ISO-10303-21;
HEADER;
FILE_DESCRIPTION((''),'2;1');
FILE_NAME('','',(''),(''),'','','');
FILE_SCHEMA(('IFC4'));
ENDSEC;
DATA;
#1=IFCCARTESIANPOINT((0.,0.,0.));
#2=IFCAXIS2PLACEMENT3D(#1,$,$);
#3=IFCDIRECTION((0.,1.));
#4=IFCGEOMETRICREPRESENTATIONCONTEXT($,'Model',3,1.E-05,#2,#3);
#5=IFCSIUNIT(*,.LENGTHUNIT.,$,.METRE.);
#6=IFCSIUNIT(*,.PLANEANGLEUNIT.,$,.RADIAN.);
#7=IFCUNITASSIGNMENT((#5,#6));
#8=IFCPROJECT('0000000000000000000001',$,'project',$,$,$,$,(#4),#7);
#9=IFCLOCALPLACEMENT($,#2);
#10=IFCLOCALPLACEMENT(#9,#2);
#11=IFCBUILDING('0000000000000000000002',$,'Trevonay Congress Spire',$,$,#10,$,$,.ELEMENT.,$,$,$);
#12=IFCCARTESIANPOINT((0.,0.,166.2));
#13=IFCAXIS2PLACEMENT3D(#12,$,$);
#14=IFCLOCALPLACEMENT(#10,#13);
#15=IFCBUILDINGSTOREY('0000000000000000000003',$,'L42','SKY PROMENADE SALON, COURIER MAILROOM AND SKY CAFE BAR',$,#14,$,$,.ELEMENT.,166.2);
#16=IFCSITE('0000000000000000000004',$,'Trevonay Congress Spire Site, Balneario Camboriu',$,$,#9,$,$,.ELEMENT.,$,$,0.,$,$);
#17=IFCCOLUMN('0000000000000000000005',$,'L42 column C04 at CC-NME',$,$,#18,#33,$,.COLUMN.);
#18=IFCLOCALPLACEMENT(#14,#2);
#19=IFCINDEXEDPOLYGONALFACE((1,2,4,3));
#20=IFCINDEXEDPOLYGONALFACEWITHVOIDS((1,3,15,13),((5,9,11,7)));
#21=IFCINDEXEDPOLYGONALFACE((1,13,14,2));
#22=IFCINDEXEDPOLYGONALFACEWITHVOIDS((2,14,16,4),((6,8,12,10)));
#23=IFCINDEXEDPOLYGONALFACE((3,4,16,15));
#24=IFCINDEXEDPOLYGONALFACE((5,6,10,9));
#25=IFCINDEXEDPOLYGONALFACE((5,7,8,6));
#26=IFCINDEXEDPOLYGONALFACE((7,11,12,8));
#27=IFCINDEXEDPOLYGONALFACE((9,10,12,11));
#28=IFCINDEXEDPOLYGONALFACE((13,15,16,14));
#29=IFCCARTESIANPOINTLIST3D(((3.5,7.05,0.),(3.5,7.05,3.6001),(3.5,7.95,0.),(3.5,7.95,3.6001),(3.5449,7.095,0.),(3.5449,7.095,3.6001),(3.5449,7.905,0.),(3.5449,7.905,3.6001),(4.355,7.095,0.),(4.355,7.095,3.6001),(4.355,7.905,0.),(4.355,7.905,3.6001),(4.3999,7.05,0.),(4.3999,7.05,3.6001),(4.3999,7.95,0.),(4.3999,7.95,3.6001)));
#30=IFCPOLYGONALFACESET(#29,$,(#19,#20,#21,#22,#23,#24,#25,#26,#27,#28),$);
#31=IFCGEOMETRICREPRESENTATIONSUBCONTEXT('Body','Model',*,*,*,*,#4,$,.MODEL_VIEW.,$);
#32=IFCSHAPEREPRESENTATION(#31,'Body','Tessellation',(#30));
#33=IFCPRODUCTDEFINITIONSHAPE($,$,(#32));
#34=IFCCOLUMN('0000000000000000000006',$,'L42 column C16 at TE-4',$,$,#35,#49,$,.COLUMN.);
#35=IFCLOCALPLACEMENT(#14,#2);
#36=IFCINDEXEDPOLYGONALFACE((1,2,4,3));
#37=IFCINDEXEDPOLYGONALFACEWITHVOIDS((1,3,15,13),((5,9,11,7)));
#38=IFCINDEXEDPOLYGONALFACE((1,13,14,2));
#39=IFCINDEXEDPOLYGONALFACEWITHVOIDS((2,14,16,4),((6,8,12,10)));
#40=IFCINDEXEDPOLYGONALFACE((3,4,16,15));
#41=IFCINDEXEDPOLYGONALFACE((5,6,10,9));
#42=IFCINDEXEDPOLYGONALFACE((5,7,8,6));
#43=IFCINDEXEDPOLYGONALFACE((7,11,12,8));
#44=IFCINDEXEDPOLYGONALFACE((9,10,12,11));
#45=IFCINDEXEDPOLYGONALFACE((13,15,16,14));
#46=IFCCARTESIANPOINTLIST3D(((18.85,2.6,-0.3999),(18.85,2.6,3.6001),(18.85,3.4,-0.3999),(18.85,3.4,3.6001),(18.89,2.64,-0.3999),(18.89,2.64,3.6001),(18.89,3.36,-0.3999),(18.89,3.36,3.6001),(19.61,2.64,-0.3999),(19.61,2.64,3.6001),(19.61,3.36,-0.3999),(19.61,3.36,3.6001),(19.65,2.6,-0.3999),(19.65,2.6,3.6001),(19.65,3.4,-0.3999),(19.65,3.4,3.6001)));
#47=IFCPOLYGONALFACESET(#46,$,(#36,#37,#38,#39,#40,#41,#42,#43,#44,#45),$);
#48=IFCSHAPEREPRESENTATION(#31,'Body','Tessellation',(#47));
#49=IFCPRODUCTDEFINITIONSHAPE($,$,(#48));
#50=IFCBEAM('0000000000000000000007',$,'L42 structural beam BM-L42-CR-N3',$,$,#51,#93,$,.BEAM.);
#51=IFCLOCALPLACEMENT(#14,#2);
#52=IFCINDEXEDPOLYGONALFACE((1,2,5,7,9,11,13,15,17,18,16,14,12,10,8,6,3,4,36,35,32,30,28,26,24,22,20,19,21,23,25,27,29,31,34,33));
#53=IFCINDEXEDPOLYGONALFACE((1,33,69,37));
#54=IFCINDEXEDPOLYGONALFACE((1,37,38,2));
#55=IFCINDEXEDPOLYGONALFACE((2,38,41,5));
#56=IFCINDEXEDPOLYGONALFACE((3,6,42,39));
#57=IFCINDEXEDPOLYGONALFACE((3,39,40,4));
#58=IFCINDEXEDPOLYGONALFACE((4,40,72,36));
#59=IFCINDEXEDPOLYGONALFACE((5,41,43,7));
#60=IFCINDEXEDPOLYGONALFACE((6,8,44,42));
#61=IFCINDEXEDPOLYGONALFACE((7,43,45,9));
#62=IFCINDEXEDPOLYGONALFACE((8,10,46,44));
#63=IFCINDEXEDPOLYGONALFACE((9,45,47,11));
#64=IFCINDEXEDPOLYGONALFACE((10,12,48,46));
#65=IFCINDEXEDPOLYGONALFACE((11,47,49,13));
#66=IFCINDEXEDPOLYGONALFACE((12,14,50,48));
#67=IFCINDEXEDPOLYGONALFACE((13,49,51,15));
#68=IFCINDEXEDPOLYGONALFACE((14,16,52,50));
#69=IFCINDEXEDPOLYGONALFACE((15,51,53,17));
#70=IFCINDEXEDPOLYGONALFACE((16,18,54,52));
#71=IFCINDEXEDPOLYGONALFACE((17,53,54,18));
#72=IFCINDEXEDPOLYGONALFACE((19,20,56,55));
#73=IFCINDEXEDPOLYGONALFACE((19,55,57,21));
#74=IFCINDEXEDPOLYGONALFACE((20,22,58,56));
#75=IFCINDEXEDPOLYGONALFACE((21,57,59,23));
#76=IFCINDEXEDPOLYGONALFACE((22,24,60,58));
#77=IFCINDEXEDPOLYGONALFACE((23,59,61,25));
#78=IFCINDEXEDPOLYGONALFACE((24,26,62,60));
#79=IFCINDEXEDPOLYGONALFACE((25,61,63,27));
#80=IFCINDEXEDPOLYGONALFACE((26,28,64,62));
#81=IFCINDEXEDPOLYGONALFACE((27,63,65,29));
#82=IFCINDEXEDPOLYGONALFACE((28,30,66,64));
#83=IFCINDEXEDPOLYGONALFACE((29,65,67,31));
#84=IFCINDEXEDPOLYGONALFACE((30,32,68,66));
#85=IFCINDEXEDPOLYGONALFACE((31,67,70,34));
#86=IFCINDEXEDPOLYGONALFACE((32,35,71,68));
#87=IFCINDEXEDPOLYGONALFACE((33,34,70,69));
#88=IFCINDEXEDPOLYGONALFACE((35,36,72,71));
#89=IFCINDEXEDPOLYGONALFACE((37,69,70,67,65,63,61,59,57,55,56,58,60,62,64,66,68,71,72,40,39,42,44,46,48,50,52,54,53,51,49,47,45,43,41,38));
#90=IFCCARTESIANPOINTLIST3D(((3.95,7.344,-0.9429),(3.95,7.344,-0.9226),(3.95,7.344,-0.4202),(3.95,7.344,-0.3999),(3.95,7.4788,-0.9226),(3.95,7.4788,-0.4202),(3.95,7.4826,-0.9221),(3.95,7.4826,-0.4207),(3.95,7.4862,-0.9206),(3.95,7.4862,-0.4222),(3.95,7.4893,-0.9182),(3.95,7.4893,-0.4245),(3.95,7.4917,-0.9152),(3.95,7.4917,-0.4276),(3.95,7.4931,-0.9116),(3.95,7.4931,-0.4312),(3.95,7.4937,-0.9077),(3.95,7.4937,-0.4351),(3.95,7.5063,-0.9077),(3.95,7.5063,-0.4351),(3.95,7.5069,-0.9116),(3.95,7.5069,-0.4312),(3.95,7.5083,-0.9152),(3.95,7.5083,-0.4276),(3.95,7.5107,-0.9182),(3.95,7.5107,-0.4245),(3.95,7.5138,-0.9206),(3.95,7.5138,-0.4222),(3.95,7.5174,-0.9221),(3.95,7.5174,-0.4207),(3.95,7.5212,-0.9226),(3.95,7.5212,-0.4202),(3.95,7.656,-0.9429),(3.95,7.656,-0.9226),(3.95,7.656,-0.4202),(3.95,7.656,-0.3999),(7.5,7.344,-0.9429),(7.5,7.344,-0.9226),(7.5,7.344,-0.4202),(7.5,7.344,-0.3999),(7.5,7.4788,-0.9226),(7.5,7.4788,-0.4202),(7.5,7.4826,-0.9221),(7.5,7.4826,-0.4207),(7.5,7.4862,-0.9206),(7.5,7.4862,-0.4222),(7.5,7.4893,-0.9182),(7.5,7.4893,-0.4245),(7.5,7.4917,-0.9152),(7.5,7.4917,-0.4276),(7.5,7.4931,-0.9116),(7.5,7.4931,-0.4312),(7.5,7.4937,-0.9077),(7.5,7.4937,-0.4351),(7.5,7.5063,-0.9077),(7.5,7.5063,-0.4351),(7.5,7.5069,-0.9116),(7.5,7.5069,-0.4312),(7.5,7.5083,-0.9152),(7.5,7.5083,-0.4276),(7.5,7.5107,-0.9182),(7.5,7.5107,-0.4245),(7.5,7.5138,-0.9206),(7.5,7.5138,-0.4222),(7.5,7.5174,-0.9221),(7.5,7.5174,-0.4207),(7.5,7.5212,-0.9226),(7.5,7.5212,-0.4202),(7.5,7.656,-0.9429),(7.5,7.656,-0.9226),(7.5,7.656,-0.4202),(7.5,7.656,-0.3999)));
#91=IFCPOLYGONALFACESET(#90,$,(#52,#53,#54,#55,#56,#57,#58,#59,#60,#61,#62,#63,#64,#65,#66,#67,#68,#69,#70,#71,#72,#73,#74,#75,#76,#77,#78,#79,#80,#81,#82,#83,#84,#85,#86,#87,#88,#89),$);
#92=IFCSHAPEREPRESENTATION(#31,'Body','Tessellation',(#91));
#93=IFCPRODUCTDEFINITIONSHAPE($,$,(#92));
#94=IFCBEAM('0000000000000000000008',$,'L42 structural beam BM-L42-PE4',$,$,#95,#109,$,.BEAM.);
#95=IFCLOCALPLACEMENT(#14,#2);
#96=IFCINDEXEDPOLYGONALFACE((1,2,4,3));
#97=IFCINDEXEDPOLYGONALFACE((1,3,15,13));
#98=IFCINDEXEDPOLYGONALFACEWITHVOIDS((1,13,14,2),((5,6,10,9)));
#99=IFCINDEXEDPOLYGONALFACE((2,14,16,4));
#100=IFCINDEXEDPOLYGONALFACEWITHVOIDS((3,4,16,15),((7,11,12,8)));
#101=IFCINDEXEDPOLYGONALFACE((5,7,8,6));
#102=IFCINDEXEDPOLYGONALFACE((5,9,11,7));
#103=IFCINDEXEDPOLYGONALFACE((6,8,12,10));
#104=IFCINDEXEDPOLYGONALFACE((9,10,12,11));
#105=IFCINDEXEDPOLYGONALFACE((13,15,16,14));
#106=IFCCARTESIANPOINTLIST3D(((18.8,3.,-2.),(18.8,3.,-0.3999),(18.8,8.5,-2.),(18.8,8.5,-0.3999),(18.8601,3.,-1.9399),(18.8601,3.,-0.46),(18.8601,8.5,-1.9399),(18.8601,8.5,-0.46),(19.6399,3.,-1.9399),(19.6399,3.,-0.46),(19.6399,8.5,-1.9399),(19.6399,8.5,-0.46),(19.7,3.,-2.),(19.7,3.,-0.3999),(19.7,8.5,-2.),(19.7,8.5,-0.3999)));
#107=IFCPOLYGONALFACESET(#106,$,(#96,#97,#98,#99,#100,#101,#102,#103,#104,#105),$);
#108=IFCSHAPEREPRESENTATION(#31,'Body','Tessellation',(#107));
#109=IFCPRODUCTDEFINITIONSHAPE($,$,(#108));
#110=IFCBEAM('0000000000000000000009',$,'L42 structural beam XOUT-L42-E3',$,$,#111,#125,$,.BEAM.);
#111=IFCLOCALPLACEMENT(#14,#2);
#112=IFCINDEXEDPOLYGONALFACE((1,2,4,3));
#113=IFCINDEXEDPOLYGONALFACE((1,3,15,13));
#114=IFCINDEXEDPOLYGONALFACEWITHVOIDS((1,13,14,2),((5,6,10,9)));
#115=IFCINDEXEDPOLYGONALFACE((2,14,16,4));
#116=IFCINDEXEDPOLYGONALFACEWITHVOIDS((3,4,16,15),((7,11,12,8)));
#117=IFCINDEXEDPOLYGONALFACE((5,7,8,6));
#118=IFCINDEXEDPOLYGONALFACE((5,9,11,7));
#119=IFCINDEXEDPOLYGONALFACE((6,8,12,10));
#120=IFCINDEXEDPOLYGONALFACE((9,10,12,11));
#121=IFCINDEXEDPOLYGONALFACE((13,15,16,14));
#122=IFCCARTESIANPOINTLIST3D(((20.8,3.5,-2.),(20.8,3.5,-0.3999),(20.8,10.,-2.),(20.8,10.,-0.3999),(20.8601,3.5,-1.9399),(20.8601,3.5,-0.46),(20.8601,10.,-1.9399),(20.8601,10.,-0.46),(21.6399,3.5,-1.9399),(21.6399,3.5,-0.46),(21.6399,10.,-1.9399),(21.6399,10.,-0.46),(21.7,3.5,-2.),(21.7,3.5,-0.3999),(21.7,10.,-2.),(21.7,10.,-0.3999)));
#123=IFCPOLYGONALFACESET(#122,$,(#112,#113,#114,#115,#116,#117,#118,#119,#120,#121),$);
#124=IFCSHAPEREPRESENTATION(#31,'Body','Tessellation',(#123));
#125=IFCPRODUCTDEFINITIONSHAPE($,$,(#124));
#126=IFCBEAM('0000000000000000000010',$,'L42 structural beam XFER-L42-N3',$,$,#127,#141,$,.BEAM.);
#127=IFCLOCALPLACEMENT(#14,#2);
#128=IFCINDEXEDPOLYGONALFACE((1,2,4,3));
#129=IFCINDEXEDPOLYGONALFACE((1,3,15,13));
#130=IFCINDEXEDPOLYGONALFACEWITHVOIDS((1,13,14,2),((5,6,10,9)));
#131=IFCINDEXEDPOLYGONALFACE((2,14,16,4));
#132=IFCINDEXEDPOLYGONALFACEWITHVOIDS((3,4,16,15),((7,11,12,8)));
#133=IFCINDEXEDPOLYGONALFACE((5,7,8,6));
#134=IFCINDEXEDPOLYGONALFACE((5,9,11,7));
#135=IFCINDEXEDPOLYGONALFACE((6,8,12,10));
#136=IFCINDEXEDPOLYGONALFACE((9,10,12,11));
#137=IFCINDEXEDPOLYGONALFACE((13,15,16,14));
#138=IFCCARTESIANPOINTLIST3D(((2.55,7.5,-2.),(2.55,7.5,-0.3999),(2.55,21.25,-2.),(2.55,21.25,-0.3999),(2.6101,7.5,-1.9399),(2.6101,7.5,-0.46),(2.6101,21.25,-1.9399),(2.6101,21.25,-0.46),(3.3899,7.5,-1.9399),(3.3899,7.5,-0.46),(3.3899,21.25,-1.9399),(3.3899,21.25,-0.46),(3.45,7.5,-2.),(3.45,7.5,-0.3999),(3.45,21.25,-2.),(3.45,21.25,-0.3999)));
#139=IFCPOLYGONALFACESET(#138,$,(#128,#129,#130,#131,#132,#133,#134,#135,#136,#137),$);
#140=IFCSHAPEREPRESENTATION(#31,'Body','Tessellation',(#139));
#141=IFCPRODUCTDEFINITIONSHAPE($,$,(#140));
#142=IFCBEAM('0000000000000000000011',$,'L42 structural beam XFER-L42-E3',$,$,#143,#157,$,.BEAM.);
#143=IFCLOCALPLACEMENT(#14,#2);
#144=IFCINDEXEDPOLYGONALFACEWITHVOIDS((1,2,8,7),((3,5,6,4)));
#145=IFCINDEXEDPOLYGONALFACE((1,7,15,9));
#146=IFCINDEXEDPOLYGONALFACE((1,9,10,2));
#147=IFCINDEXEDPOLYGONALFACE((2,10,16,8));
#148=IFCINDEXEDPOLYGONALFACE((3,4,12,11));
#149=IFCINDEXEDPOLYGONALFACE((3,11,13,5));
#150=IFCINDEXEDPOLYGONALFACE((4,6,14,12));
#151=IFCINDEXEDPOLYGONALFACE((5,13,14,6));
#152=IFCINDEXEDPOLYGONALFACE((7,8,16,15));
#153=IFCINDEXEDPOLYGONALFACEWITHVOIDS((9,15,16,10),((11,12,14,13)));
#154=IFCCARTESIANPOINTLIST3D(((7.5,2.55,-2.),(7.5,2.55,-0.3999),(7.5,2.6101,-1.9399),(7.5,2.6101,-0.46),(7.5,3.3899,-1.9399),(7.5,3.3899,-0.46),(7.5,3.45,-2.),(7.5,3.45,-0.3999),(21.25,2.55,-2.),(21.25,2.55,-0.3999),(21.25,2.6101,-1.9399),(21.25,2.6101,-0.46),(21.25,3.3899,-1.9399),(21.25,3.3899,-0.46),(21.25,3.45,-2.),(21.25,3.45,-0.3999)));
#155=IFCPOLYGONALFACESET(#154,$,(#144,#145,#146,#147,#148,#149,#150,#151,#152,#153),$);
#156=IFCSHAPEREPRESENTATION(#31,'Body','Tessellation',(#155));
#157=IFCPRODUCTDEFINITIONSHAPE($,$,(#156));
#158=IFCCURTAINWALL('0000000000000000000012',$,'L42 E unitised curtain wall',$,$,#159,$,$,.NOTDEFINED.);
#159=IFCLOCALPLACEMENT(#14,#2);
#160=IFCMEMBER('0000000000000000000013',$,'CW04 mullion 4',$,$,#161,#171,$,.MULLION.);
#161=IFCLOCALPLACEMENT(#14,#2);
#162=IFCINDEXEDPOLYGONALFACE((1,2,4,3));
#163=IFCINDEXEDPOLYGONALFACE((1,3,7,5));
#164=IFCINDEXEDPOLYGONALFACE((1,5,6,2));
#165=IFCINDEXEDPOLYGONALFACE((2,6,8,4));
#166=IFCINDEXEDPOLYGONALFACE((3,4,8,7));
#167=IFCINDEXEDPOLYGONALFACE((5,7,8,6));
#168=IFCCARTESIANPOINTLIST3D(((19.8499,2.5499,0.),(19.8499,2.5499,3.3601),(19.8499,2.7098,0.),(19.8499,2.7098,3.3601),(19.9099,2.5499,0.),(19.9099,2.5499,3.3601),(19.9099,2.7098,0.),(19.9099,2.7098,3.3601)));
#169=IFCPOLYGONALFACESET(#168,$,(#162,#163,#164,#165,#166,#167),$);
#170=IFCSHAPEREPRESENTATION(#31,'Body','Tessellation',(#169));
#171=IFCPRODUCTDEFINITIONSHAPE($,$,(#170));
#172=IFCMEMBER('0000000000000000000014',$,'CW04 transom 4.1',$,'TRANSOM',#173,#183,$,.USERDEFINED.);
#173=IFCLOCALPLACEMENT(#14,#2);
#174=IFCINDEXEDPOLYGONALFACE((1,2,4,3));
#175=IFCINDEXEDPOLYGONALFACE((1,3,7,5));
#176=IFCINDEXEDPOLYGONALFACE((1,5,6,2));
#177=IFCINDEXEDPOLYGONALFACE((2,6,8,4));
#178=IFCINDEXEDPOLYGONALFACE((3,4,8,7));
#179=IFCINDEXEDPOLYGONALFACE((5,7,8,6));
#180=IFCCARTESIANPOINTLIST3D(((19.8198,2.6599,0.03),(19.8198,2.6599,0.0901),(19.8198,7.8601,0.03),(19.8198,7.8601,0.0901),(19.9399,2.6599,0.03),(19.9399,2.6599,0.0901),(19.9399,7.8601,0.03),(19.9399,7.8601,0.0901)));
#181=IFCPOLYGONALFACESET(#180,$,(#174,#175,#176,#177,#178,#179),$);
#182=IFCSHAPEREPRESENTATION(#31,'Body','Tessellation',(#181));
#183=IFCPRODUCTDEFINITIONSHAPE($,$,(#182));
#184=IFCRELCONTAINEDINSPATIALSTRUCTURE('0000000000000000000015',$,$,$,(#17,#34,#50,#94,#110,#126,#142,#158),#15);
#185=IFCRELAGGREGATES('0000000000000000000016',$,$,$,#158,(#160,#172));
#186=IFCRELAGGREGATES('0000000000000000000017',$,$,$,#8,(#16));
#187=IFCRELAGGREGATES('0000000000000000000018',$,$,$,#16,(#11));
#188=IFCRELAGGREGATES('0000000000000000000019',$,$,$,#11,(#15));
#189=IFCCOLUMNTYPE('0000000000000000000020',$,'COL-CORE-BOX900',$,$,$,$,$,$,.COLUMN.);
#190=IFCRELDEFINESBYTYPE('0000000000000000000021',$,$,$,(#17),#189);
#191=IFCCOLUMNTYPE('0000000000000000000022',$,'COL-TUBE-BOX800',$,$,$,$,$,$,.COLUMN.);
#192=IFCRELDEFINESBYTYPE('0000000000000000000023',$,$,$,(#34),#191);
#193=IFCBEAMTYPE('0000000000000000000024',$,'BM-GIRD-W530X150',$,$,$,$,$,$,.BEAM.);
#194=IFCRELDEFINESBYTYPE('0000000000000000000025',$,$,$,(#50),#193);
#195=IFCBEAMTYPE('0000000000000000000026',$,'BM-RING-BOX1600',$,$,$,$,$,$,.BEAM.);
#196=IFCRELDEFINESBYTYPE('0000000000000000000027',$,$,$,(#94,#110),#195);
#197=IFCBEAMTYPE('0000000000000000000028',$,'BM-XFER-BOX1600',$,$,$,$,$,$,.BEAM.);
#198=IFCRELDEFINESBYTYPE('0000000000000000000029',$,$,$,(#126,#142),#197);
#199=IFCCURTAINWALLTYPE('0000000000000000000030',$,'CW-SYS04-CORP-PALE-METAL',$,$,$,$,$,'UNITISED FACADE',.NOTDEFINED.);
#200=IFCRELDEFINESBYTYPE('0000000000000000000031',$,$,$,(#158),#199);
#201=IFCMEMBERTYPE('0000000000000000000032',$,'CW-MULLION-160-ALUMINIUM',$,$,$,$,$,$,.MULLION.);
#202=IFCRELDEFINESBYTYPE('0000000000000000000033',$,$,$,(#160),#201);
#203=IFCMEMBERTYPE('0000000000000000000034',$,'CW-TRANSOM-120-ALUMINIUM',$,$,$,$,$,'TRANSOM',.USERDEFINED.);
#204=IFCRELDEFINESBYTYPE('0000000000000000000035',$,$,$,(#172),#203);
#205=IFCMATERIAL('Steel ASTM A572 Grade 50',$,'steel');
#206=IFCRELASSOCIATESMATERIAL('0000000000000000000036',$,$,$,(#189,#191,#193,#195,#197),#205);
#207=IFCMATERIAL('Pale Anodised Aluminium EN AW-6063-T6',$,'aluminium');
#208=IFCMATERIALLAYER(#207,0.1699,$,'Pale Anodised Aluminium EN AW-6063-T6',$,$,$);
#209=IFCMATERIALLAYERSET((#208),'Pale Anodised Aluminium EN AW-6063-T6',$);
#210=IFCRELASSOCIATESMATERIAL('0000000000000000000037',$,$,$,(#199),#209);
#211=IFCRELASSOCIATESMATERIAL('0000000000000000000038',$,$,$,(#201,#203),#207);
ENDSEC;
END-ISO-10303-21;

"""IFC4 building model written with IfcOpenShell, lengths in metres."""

from ifc_helpers import new_model, si_unit, direction, frame, origin, origin_2d, place, context, subcontext, project, spatial, rectangle, hollow_rectangle, i_section, extrude, material, layer, layer_set, material_profile, profile_set, type_object, element, aggregate, save


model = new_model("IFC4")

# Units and contexts
model_context = context("Model", 3, precision=1e-05, world=origin(), true_north=direction((0.0, 1.0)))
body_context = subcontext(model_context, "Body", "Model", "MODEL_VIEW")
ifc_project = project(units=[si_unit("LENGTHUNIT", "METRE"), si_unit("PLANEANGLEUNIT", "RADIAN")], contexts=[model_context])

# Site, building, storey
site_placement = place(None, origin())
site = spatial("IfcSite", under=ifc_project, at=site_placement, Name="Trevonay Congress Spire Site, Balneario Camboriu", CompositionType="ELEMENT", RefElevation=0.0)
building_placement = place(site_placement, origin())
building = spatial("IfcBuilding", under=site, at=building_placement, Name="Trevonay Congress Spire", CompositionType="ELEMENT")
storey_placement = place(building_placement, frame((0.0, 0.0, 166.2)))
storey = spatial("IfcBuildingStorey", under=building, at=storey_placement, Name="L42", Description="SKY PROMENADE SALON, COURIER MAILROOM AND SKY CAFE BAR", CompositionType="ELEMENT", Elevation=166.2)

# Columns
ifc_material_1 = material(Name="Steel ASTM A572 Grade 50", Category="steel")
ifc_material_profile_1 = material_profile(ifc_material_1, hollow_rectangle(XDim=0.8999, YDim=0.8999, WallThickness=0.0449, at=origin_2d()), Name="BOX 900x900x45")
ifc_profile_set_1 = profile_set([ifc_material_profile_1], Name="Steel ASTM A572 Grade 50")
column_type_1 = type_object("IfcColumnType", Name="COL-CORE-BOX900", PredefinedType="COLUMN", material=ifc_profile_set_1)
column_1_placement = place(storey_placement, frame((3.95, 7.5, 0.0), z_axis=(0.0, 0.0, 1.0), x_axis=(1.0, 0.0, 0.0)))
element("IfcColumn", 1, at=column_1_placement, inside=storey, type_object=column_type_1, Name="L42 column C04 at CC-NME", PredefinedType="COLUMN", context=body_context, shape_type="SweptSolid", body=[
    extrude(hollow_rectangle(XDim=0.8999, YDim=0.8999, WallThickness=0.0449, at=origin_2d()), origin(), (0.0, 0.0, 1.0), 3.6001),
])
ifc_material_profile_2 = material_profile(ifc_material_1, hollow_rectangle(XDim=0.8, YDim=0.8, WallThickness=0.04, at=origin_2d()), Name="BOX 800x800x40")
ifc_profile_set_2 = profile_set([ifc_material_profile_2], Name="Steel ASTM A572 Grade 50")
column_type_2 = type_object("IfcColumnType", Name="COL-TUBE-BOX800", PredefinedType="COLUMN", material=ifc_profile_set_2)
column_2_placement = place(storey_placement, frame((19.25, 3.0, -0.3999), z_axis=(0.0, 0.0, 1.0), x_axis=(1.0, 0.0, 0.0)))
element("IfcColumn", 2, at=column_2_placement, inside=storey, type_object=column_type_2, Name="L42 column C16 at TE-4", PredefinedType="COLUMN", context=body_context, shape_type="SweptSolid", body=[
    extrude(hollow_rectangle(XDim=0.8, YDim=0.8, WallThickness=0.04, at=origin_2d()), origin(), (0.0, 0.0, 1.0), 4.0),
])

# Beams
ifc_material_profile_3 = material_profile(ifc_material_1, i_section(OverallWidth=0.312, OverallDepth=0.543, WebThickness=0.0127, FlangeThickness=0.0203, FilletRadius=0.0149, at=origin_2d()), Name="W530x150")
ifc_profile_set_3 = profile_set([ifc_material_profile_3], Name="Steel ASTM A572 Grade 50")
beam_type_1 = type_object("IfcBeamType", Name="BM-GIRD-W530X150", PredefinedType="BEAM", material=ifc_profile_set_3)
beam_1_placement = place(storey_placement, frame((3.95, 7.5, -0.6714), z_axis=(1.0, 0.0, 0.0), x_axis=(0.0, 1.0, 0.0)))
element("IfcBeam", 3, at=beam_1_placement, inside=storey, type_object=beam_type_1, Name="L42 structural beam BM-L42-CR-N3", PredefinedType="BEAM", context=body_context, shape_type="SweptSolid", body=[
    extrude(i_section(OverallWidth=0.312, OverallDepth=0.543, WebThickness=0.0127, FlangeThickness=0.0203, FilletRadius=0.0149, at=origin_2d()), origin(), (0.0, 0.0, 1.0), 3.55),
])
ifc_material_profile_4 = material_profile(ifc_material_1, hollow_rectangle(XDim=0.8999, YDim=1.6001, WallThickness=0.0601, at=origin_2d()), Name="BOX 1600x900x60")
ifc_profile_set_4 = profile_set([ifc_material_profile_4], Name="Steel ASTM A572 Grade 50")
beam_type_2 = type_object("IfcBeamType", Name="BM-RING-BOX1600", PredefinedType="BEAM", material=ifc_profile_set_4)
beam_2_placement = place(storey_placement, frame((19.25, 3.0, -1.2), z_axis=(0.0, 1.0, 0.0), x_axis=(-1.0, 0.0, 0.0)))
element("IfcBeam", 4, at=beam_2_placement, inside=storey, type_object=beam_type_2, Name="L42 structural beam BM-L42-PE4", PredefinedType="BEAM", context=body_context, shape_type="SweptSolid", body=[
    extrude(hollow_rectangle(XDim=0.8999, YDim=1.6001, WallThickness=0.0601, at=origin_2d()), origin(), (0.0, 0.0, 1.0), 5.5),
])
beam_3_placement = place(storey_placement, frame((21.25, 3.5, -1.2), z_axis=(0.0, 1.0, 0.0), x_axis=(-1.0, 0.0, 0.0)))
element("IfcBeam", 5, at=beam_3_placement, inside=storey, type_object=beam_type_2, Name="L42 structural beam XOUT-L42-E3", PredefinedType="BEAM", context=body_context, shape_type="SweptSolid", body=[
    extrude(hollow_rectangle(XDim=0.8999, YDim=1.6001, WallThickness=0.0601, at=origin_2d()), origin(), (0.0, 0.0, 1.0), 6.5),
])
ifc_material_profile_5 = material_profile(ifc_material_1, hollow_rectangle(XDim=0.8999, YDim=1.6001, WallThickness=0.0601, at=origin_2d()), Name="BOX 1600x900x60")
ifc_profile_set_5 = profile_set([ifc_material_profile_5], Name="Steel ASTM A572 Grade 50")
beam_type_3 = type_object("IfcBeamType", Name="BM-XFER-BOX1600", PredefinedType="BEAM", material=ifc_profile_set_5)
for number, where, z_axis, x_axis, name in (
    (6, (3.0, 7.5, -1.2), (0.0, 1.0, 0.0), (-1.0, 0.0, 0.0), "L42 structural beam XFER-L42-N3"),
    (7, (7.5, 3.0, -1.2), (1.0, 0.0, 0.0), (0.0, 1.0, 0.0), "L42 structural beam XFER-L42-E3"),
):
    element("IfcBeam", number, at=place(storey_placement, frame(where, z_axis=z_axis, x_axis=x_axis)), inside=storey, type_object=beam_type_3, Name=name, PredefinedType="BEAM", context=body_context, shape_type="SweptSolid", body=[
        extrude(hollow_rectangle(XDim=0.8999, YDim=1.6001, WallThickness=0.0601, at=origin_2d()), origin(), (0.0, 0.0, 1.0), 13.75),
    ])

# Curtain wall, members
ifc_material_2 = material(Name="Pale Anodised Aluminium EN AW-6063-T6", Category="aluminium")
ifc_layer_1 = layer(ifc_material_2, 0.1699, Name="Pale Anodised Aluminium EN AW-6063-T6")
ifc_layer_set_1 = layer_set([ifc_layer_1], Name="Pale Anodised Aluminium EN AW-6063-T6")
curtain_wall_type = type_object("IfcCurtainWallType", Name="CW-SYS04-CORP-PALE-METAL", ElementType="UNITISED FACADE", PredefinedType="NOTDEFINED", material=ifc_layer_set_1)
curtain_wall_placement = place(storey_placement, origin())
curtain_wall = element("IfcCurtainWall", 8, at=curtain_wall_placement, inside=storey, type_object=curtain_wall_type, Name="L42 E unitised curtain wall", PredefinedType="NOTDEFINED")
ifc_material_profile_6 = material_profile(ifc_material_2, rectangle(XDim=0.0601, YDim=0.1599, at=origin_2d()), Name="CW-MULLION-160-ALUMINIUM")
ifc_profile_set_6 = profile_set([ifc_material_profile_6], Name="Pale Anodised Aluminium EN AW-6063-T6")
member_type_1 = type_object("IfcMemberType", Name="CW-MULLION-160-ALUMINIUM", PredefinedType="MULLION", material=ifc_profile_set_6)
member_1_placement = place(storey_placement, frame((19.8799, 2.6299, 0.0), z_axis=(0.0, 0.0, 1.0), x_axis=(-1.0, 0.0, 0.0)))
member_1 = element("IfcMember", 9, at=member_1_placement, type_object=member_type_1, Name="CW04 mullion 4", PredefinedType="MULLION", context=body_context, shape_type="SweptSolid", body=[
    extrude(rectangle(XDim=0.0601, YDim=0.1599, at=origin_2d()), origin(), (0.0, 0.0, 1.0), 3.3601),
])
ifc_material_profile_7 = material_profile(ifc_material_2, rectangle(XDim=0.1201, YDim=0.0601, at=origin_2d()), Name="CW-TRANSOM-120-ALUMINIUM")
ifc_profile_set_7 = profile_set([ifc_material_profile_7], Name="Pale Anodised Aluminium EN AW-6063-T6")
member_type_2 = type_object("IfcMemberType", Name="CW-TRANSOM-120-ALUMINIUM", ElementType="TRANSOM", PredefinedType="USERDEFINED", material=ifc_profile_set_7)
member_2_placement = place(storey_placement, frame((19.8799, 2.6599, 0.0601), z_axis=(0.0, 1.0, 0.0), x_axis=(-1.0, 0.0, 0.0)))
member_2 = element("IfcMember", 10, at=member_2_placement, type_object=member_type_2, Name="CW04 transom 4.1", ObjectType="TRANSOM", PredefinedType="USERDEFINED", context=body_context, shape_type="SweptSolid", body=[
    extrude(rectangle(XDim=0.1201, YDim=0.0601, at=origin_2d()), origin(), (0.0, 0.0, 1.0), 5.2002),
])

aggregate(curtain_wall, [member_1, member_2])

save(model, "model.ifc")
